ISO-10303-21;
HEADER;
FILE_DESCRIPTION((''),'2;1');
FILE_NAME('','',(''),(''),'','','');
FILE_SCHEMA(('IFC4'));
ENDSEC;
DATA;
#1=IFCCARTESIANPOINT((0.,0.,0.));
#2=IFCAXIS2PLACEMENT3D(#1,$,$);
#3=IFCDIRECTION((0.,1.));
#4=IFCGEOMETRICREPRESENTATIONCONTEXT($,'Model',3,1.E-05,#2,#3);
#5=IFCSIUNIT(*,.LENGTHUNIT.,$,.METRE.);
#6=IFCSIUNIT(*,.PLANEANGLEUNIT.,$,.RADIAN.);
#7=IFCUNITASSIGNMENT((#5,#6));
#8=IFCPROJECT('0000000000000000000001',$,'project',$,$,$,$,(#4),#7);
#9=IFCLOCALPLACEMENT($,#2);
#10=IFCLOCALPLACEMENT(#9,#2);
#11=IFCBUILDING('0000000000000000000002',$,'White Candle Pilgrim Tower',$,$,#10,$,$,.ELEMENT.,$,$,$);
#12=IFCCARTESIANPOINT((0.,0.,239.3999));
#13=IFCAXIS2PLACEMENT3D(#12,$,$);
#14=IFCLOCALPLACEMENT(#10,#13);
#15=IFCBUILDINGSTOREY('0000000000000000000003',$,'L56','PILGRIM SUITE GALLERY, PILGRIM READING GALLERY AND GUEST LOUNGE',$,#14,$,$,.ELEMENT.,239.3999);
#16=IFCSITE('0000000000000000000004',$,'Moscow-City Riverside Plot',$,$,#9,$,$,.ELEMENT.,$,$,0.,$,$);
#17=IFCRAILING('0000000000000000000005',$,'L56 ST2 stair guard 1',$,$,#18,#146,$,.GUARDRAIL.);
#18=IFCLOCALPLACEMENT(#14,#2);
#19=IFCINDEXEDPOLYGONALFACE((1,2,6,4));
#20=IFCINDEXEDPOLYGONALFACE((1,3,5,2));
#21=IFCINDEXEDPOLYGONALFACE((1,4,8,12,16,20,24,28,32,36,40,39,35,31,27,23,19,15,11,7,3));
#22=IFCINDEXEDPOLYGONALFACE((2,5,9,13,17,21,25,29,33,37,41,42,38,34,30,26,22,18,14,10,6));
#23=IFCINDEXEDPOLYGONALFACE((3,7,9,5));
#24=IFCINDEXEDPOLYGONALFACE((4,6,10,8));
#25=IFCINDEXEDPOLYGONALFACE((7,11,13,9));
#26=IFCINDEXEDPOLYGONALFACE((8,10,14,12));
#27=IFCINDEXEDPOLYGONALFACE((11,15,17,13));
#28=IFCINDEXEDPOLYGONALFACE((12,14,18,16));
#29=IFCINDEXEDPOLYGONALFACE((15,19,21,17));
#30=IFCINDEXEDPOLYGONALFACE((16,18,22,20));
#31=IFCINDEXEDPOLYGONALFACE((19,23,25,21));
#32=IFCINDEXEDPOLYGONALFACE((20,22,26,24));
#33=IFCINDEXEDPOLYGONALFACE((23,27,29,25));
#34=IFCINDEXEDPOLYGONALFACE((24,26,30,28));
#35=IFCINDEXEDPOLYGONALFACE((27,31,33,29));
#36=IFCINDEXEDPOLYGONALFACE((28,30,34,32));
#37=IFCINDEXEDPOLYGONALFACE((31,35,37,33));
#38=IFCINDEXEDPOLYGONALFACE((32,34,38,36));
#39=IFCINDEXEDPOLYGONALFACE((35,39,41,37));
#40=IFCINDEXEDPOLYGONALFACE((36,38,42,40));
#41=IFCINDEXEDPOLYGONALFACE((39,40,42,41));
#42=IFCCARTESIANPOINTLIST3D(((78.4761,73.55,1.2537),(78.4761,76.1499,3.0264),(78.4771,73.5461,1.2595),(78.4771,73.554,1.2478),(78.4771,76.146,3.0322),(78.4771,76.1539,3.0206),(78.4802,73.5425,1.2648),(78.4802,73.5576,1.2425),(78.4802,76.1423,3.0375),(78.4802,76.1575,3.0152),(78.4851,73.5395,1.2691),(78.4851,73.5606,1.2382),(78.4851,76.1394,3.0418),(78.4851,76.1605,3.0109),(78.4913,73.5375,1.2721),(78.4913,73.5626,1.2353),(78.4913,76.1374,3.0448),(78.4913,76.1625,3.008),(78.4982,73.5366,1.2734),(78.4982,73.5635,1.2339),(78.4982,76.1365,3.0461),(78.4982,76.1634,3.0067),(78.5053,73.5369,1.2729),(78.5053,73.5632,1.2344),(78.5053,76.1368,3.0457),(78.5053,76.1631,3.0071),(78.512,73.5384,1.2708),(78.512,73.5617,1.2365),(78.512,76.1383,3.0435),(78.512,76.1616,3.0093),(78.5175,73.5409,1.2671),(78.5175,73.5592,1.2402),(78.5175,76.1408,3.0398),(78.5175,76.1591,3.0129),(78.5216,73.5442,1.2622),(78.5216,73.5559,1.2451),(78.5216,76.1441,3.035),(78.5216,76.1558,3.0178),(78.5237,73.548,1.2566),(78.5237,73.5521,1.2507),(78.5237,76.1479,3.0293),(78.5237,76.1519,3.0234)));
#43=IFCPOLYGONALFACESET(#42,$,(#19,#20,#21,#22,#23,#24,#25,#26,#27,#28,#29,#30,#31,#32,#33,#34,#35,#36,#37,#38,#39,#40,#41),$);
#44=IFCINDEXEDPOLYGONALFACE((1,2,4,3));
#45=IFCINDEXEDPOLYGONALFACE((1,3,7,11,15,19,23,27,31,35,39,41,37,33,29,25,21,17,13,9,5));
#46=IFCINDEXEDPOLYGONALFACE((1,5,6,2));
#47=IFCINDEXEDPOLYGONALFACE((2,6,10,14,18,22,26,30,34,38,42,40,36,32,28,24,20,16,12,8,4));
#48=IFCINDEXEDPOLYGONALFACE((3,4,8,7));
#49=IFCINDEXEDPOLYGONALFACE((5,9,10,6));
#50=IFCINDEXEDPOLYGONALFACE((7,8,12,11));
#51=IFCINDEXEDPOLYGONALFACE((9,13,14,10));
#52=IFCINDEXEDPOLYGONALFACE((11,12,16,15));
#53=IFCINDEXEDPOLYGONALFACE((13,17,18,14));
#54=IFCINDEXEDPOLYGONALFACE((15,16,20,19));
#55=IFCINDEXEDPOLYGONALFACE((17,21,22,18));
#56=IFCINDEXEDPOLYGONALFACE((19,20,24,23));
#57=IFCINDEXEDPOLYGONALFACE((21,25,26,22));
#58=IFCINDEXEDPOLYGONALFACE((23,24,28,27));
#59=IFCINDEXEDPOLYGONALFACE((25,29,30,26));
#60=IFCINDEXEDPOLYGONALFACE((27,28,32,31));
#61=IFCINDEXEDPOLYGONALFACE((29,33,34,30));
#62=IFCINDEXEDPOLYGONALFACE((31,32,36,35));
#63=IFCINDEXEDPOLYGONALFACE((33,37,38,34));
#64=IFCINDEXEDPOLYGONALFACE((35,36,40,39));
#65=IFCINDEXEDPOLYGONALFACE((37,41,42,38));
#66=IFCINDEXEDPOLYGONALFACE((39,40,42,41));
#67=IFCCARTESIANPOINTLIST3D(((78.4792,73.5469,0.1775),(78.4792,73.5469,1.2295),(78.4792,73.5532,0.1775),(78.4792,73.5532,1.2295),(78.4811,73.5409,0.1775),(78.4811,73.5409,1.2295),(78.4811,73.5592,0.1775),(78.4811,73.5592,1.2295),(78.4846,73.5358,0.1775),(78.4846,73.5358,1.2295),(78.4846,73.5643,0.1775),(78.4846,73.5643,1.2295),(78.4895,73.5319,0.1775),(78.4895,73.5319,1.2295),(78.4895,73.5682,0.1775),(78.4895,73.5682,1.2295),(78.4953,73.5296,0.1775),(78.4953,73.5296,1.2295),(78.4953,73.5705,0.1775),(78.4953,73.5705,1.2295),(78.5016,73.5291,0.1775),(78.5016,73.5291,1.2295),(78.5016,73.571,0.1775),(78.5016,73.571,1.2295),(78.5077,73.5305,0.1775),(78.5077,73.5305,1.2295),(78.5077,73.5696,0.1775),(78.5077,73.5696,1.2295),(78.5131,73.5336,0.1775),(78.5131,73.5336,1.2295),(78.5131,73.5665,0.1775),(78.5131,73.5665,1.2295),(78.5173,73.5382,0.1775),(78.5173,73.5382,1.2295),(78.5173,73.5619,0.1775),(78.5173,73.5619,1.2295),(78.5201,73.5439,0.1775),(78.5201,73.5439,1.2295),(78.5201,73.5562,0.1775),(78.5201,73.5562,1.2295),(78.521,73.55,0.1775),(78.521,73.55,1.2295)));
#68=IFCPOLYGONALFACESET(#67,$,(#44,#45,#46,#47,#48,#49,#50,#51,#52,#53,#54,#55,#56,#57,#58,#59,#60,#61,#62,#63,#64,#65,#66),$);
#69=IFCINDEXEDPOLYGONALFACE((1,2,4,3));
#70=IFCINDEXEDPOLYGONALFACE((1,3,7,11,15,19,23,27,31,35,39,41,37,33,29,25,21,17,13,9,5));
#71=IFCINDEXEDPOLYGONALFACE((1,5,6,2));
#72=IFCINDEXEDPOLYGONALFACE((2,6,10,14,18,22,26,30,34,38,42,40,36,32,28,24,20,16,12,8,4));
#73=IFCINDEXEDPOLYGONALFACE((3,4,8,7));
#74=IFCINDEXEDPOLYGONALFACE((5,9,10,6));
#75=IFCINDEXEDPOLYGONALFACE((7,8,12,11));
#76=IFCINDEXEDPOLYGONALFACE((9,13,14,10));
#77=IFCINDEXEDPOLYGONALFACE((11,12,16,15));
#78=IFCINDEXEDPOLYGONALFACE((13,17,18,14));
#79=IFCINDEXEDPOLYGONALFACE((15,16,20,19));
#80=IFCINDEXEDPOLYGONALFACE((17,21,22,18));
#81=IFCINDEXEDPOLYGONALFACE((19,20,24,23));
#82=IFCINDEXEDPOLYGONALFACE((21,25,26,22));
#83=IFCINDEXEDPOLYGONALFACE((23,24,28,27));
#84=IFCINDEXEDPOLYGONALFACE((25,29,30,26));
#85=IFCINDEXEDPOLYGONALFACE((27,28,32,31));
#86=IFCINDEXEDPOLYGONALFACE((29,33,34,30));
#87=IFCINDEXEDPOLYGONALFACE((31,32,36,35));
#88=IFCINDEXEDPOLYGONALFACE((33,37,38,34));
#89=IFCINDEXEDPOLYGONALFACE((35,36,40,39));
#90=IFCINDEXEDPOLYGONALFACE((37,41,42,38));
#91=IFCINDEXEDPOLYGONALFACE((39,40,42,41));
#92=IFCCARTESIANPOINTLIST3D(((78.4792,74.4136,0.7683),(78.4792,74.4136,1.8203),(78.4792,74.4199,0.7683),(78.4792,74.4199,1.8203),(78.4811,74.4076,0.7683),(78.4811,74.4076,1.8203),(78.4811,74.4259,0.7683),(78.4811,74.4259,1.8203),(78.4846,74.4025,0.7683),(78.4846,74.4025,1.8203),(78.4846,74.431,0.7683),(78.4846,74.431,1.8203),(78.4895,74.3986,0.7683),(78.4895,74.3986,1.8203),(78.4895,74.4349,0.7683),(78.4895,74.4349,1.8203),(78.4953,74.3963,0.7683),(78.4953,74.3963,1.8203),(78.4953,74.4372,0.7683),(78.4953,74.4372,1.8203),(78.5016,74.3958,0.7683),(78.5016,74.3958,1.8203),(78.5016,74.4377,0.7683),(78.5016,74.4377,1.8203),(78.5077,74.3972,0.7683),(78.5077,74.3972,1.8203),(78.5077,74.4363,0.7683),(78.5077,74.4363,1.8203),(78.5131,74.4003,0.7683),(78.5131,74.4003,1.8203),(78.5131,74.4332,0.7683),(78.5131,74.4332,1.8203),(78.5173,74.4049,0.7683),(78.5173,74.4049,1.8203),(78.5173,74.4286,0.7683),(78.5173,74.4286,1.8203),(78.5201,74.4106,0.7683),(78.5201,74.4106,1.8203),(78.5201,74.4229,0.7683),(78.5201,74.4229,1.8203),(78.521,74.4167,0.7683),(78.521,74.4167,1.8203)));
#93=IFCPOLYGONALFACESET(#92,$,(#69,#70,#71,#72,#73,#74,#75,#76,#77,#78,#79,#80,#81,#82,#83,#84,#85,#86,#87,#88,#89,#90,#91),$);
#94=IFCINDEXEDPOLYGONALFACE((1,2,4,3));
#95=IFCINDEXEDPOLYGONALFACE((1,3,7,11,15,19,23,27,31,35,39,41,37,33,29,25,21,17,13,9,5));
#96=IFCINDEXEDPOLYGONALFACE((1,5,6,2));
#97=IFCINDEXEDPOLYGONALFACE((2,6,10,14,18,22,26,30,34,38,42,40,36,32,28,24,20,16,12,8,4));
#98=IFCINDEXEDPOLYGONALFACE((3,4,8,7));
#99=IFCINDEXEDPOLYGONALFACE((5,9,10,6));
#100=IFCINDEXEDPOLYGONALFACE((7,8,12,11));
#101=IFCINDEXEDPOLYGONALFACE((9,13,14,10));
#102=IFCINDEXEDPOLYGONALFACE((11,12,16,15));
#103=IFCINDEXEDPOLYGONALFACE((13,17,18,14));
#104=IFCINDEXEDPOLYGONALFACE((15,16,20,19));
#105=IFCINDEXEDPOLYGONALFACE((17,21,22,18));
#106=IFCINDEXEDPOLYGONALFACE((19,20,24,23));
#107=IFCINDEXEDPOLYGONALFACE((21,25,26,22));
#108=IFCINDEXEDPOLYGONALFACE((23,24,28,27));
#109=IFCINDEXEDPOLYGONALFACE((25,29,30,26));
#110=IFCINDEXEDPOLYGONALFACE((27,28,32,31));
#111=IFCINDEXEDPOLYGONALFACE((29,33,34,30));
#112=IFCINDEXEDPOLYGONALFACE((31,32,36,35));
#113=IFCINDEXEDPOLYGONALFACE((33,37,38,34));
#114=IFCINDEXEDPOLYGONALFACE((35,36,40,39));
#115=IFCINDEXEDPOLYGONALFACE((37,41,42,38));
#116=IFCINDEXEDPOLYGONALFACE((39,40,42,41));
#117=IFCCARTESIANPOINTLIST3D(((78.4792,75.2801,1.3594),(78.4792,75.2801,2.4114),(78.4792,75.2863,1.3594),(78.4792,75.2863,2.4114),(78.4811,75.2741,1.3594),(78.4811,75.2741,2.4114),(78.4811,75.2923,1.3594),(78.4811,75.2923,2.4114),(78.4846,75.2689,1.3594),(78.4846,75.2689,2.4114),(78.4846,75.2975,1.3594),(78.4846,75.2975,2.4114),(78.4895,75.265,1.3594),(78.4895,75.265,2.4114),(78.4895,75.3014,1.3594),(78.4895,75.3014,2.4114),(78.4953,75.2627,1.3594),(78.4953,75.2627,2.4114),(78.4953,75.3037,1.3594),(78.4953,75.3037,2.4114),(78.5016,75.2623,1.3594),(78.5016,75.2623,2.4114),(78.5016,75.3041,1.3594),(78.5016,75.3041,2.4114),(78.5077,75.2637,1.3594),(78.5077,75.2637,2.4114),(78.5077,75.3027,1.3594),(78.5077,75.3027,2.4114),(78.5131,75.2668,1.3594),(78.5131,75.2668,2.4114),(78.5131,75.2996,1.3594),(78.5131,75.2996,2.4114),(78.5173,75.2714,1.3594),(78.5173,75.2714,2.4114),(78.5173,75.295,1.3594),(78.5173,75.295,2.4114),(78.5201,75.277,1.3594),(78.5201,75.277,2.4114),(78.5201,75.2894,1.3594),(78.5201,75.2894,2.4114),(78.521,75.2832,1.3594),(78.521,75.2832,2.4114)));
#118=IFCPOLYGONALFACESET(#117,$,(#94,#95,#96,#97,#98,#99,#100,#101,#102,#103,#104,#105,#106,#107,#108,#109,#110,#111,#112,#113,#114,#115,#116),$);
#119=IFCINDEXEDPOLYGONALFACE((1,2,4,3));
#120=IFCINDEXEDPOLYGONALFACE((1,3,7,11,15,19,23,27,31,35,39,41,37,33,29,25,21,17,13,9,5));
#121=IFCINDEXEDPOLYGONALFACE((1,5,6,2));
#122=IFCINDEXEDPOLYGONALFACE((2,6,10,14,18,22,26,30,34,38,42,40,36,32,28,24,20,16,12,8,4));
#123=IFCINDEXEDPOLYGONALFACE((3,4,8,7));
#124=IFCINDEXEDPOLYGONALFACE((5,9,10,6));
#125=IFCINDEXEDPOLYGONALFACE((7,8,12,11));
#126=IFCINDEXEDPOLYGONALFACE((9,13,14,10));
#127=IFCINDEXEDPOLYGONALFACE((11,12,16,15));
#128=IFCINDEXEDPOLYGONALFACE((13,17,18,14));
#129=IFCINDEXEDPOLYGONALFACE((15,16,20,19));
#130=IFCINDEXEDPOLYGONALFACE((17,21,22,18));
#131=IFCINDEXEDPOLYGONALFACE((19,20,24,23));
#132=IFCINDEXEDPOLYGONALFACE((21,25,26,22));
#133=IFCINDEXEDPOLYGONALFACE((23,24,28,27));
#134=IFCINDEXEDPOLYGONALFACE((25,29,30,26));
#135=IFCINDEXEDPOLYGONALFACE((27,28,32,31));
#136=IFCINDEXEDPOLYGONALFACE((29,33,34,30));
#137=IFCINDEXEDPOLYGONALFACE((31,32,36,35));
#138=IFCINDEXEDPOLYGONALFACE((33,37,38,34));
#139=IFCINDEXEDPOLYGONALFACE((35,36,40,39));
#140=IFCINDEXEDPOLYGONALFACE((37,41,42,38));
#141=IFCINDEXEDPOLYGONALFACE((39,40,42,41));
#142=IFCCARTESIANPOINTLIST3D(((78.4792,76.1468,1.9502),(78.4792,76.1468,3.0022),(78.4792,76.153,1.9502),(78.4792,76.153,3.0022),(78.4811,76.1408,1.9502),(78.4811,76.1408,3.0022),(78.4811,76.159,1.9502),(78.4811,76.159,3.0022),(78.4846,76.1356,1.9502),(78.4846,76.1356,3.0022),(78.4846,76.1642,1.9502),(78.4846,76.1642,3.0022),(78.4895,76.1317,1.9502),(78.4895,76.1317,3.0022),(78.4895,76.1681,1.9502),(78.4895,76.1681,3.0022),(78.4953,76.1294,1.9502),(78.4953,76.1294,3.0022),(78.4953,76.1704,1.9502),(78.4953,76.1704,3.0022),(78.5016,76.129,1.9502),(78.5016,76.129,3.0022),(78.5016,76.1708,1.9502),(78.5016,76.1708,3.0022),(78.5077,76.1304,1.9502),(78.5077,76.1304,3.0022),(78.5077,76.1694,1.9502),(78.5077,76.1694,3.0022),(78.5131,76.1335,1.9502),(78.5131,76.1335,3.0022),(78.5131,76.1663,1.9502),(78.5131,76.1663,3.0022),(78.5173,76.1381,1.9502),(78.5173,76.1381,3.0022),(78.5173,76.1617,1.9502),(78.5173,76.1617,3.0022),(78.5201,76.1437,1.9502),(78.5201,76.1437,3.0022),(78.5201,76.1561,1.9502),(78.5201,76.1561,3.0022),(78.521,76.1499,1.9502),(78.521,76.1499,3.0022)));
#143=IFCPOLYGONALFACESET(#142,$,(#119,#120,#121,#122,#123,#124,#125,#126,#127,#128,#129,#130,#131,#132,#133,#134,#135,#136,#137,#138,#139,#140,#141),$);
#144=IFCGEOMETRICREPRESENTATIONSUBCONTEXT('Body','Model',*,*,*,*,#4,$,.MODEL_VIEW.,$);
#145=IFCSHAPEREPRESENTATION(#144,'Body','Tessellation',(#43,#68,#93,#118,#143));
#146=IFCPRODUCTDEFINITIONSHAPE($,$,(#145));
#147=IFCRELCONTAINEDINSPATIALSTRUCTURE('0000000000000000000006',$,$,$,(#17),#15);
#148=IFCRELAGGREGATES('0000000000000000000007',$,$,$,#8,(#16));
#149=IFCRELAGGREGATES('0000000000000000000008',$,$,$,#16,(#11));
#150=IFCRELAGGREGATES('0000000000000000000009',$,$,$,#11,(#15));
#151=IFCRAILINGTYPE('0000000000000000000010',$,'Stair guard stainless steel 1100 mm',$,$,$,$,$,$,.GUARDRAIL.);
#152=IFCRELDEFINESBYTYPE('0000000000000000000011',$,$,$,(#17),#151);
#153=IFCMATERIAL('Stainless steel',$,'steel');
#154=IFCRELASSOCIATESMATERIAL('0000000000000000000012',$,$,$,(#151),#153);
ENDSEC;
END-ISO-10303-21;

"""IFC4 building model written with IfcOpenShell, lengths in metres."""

from ifc_helpers import new_model, si_unit, direction, frame, origin, origin_2d, place, context, subcontext, project, spatial, circle, extrude, material, type_object, element, save


model = new_model("IFC4")

# Units and contexts
model_context = context("Model", 3, precision=1e-05, world=origin(), true_north=direction((0.0, 1.0)))
body_context = subcontext(model_context, "Body", "Model", "MODEL_VIEW")
ifc_project = project(units=[si_unit("LENGTHUNIT", "METRE"), si_unit("PLANEANGLEUNIT", "RADIAN")], contexts=[model_context])

# Site, building, storey
site_placement = place(None, origin())
site = spatial("IfcSite", under=ifc_project, at=site_placement, Name="Moscow-City Riverside Plot", CompositionType="ELEMENT", RefElevation=0.0)
building_placement = place(site_placement, origin())
building = spatial("IfcBuilding", under=site, at=building_placement, Name="White Candle Pilgrim Tower", CompositionType="ELEMENT")
storey_placement = place(building_placement, frame((0.0, 0.0, 239.3999)))
storey = spatial("IfcBuildingStorey", under=building, at=storey_placement, Name="L56", Description="PILGRIM SUITE GALLERY, PILGRIM READING GALLERY AND GUEST LOUNGE", CompositionType="ELEMENT", Elevation=239.3999)

# Railing
ifc_material_1 = material(Name="Stainless steel", Category="steel")
railing_type_1 = type_object("IfcRailingType", Name="Stair guard stainless steel 1100 mm", PredefinedType="GUARDRAIL", material=ifc_material_1)
railing_1_placement = place(storey_placement, frame((78.5, 73.55, 0.1775)))
element("IfcRailing", 1, at=railing_1_placement, inside=storey, type_object=railing_type_1, Name="L56 ST2 stair guard 1", PredefinedType="GUARDRAIL", context=body_context, shape_type="SweptSolid", body=[
    extrude(circle(Radius=0.0239, at=origin_2d()), frame((0.0, 0.0, 1.0762), z_axis=(0.0, 0.826216, 0.563354), x_axis=(-1.0, 0.0, 0.0)), (0.0, 0.0, 1.0), 3.1467),
    extrude(circle(Radius=0.021, at=origin_2d()), origin(), (0.0, 0.0, 1.0), 1.052),
    extrude(circle(Radius=0.021, at=origin_2d()), frame((0.0, 0.8667, 0.5908)), (0.0, 0.0, 1.0), 1.052),
    extrude(circle(Radius=0.021, at=origin_2d()), frame((0.0, 1.7332, 1.1819)), (0.0, 0.0, 1.0), 1.052),
    extrude(circle(Radius=0.021, at=origin_2d()), frame((0.0, 2.5999, 1.7727)), (0.0, 0.0, 1.0), 1.052),
])

save(model, "model.ifc")
